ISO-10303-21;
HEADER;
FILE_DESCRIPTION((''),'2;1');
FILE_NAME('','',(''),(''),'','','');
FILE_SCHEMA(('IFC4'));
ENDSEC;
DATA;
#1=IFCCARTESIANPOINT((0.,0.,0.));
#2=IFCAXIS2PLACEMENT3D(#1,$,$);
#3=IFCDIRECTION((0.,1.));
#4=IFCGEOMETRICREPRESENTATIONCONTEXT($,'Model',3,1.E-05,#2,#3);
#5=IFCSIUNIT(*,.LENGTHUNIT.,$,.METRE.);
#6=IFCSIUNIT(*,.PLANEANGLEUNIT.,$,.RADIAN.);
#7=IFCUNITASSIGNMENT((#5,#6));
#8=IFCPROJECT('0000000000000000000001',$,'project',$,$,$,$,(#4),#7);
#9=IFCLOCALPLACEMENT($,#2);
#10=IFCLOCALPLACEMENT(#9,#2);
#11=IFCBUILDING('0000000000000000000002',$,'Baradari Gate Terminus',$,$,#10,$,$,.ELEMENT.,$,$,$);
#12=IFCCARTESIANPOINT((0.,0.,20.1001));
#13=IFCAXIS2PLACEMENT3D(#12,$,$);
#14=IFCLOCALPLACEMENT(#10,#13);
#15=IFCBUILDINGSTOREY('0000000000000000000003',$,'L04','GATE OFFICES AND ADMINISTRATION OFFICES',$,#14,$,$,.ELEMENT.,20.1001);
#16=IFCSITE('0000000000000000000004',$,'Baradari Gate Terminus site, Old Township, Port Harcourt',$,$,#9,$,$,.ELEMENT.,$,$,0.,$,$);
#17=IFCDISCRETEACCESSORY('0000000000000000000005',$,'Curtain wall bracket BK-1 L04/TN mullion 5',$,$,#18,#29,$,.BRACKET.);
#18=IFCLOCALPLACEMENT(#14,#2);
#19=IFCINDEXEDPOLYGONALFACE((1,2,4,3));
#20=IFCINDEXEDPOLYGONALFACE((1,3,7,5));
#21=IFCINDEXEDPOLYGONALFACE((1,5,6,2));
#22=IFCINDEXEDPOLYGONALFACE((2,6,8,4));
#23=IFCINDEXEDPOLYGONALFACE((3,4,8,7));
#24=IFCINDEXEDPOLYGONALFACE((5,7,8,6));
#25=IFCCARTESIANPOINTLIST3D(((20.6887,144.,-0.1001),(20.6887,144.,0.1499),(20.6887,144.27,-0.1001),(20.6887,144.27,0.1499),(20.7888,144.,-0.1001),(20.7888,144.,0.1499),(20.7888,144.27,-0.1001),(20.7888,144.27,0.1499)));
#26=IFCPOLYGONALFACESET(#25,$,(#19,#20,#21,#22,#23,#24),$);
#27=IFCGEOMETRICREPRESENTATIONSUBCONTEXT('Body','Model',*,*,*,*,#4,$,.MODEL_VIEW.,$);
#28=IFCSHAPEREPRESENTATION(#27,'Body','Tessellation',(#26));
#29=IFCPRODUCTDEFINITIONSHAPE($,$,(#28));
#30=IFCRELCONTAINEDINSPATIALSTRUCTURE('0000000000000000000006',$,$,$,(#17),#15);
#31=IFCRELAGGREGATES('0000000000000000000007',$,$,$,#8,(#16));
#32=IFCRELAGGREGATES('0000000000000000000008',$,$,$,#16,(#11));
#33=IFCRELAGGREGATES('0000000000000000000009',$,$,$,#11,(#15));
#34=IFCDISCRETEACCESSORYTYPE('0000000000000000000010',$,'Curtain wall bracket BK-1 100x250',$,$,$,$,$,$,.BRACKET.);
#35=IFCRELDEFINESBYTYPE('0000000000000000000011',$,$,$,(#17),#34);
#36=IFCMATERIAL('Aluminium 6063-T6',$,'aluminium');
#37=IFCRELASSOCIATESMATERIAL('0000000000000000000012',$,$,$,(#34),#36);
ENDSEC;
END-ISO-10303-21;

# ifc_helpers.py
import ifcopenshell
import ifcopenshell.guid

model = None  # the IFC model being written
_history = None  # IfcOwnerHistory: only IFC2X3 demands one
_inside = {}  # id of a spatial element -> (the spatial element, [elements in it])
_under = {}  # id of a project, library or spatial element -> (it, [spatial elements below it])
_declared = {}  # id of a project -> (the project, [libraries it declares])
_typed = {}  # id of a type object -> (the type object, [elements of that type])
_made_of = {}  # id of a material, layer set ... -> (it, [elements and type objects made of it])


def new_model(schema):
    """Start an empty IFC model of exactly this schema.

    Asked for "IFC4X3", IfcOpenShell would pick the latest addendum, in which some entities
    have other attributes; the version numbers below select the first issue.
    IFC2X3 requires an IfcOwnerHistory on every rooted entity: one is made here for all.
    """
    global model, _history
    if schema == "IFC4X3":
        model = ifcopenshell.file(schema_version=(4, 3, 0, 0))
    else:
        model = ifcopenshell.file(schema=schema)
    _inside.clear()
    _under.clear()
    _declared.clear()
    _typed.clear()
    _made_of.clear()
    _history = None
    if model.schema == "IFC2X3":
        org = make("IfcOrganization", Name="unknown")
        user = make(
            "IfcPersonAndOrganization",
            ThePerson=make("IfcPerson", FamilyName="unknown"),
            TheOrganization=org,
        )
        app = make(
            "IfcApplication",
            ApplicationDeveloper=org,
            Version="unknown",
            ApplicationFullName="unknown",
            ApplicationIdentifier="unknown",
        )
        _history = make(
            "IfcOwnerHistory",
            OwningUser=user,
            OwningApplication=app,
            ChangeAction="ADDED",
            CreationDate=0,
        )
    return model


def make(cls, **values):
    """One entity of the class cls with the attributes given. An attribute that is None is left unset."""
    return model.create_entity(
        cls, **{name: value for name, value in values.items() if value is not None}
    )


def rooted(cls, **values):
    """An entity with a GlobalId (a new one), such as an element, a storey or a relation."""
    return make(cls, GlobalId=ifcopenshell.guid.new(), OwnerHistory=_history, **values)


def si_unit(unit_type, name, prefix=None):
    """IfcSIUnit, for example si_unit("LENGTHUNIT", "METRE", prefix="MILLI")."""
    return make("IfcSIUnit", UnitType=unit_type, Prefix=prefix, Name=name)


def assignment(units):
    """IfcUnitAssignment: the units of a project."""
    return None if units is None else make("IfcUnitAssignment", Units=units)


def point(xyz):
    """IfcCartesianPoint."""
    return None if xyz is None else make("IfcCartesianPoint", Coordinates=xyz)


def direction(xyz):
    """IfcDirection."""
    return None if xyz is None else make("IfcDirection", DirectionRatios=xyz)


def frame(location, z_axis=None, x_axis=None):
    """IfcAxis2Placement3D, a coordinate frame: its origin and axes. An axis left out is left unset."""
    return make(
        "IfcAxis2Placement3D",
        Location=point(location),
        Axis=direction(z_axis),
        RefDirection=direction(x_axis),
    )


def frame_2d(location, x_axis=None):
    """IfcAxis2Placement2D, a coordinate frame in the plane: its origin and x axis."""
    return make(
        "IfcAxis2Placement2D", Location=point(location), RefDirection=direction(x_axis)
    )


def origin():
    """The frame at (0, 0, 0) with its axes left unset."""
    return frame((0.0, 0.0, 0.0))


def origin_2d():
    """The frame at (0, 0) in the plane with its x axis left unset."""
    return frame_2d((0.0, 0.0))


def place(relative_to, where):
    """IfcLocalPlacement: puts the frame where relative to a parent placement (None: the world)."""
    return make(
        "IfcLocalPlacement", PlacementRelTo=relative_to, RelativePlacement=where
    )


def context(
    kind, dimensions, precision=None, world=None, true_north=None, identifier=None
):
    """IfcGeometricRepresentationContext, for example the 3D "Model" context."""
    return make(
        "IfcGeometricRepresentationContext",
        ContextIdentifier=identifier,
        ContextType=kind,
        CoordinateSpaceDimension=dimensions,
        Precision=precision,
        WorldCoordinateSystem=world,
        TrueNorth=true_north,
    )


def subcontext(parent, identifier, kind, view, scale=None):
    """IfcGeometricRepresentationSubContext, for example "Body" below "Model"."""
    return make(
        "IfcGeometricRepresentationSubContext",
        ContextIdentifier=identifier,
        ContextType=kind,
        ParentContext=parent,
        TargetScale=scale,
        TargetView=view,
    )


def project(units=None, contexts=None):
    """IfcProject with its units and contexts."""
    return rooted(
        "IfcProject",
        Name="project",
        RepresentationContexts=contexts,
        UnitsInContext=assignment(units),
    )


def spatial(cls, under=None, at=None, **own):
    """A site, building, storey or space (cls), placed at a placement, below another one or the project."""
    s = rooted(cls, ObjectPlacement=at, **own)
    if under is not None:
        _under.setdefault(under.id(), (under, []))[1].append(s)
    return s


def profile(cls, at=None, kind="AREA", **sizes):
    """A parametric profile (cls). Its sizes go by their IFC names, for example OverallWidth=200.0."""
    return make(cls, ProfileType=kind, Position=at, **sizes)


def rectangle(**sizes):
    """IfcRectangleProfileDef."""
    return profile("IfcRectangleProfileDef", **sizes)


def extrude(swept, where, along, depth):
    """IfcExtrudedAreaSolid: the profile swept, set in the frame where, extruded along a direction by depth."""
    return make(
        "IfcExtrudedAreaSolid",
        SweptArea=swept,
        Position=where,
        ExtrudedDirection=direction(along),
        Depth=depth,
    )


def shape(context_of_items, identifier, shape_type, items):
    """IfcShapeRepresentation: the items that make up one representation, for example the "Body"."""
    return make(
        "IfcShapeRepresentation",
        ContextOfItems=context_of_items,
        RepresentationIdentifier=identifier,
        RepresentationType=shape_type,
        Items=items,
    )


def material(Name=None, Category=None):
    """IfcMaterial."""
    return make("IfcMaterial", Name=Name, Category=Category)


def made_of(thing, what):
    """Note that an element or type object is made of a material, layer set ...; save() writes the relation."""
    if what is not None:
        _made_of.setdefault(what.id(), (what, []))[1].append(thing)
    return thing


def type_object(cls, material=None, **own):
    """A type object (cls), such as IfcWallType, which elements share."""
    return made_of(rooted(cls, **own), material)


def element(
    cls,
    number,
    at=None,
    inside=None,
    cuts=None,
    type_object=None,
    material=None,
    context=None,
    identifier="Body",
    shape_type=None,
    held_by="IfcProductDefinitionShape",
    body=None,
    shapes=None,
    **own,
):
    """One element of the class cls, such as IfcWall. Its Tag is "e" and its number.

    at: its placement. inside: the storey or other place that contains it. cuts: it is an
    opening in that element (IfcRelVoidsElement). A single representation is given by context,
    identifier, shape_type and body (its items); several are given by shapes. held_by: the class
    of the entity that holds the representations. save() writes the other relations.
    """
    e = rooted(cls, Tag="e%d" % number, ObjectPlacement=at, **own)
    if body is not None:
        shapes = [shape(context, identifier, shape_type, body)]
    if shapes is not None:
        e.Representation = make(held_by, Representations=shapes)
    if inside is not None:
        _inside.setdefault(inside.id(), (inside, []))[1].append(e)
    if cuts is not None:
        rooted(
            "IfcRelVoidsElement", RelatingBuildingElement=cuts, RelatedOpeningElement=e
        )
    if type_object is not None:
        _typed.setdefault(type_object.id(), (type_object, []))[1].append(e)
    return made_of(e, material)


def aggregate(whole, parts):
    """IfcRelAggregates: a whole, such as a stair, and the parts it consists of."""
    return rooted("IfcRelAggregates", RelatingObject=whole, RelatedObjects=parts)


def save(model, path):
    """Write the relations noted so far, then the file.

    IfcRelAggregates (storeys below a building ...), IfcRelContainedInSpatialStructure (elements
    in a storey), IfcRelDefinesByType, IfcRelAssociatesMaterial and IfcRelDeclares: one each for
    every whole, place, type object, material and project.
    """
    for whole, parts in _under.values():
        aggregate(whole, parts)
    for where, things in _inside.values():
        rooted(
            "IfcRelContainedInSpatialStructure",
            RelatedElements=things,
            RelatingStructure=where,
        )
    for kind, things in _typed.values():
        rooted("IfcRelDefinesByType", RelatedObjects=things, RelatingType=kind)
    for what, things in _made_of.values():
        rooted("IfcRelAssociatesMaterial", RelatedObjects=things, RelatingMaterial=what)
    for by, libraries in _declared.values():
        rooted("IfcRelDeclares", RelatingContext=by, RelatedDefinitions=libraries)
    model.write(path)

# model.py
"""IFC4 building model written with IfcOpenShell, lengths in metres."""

from ifc_helpers import new_model, si_unit, direction, frame, origin, origin_2d, place, context, subcontext, project, spatial, rectangle, extrude, material, type_object, element, save


model = new_model("IFC4")

# Units and contexts
model_context = context("Model", 3, precision=1e-05, world=origin(), true_north=direction((0.0, 1.0)))
body_context = subcontext(model_context, "Body", "Model", "MODEL_VIEW")
ifc_project = project(units=[si_unit("LENGTHUNIT", "METRE"), si_unit("PLANEANGLEUNIT", "RADIAN")], contexts=[model_context])

# Site, building, storey
site_placement = place(None, origin())
site = spatial("IfcSite", under=ifc_project, at=site_placement, Name="Baradari Gate Terminus site, Old Township, Port Harcourt", CompositionType="ELEMENT", RefElevation=0.0)
building_placement = place(site_placement, origin())
building = spatial("IfcBuilding", under=site, at=building_placement, Name="Baradari Gate Terminus", CompositionType="ELEMENT")
storey_placement = place(building_placement, frame((0.0, 0.0, 20.1001)))
storey = spatial("IfcBuildingStorey", under=building, at=storey_placement, Name="L04", Description="GATE OFFICES AND ADMINISTRATION OFFICES", CompositionType="ELEMENT", Elevation=20.1001)

# Discrete accessory
ifc_material_1 = material(Name="Aluminium 6063-T6", Category="aluminium")
discrete_accessory_type = type_object("IfcDiscreteAccessoryType", Name="Curtain wall bracket BK-1 100x250", PredefinedType="BRACKET", material=ifc_material_1)
for number, where, z_axis, x_axis, name in (
    (1, (20.7388, 144.135, -0.1001), (0.0, 0.0, 1.0), (0.0, 1.0, 0.0), "Curtain wall bracket BK-1 L04/TN mullion 5"),
):
    element("IfcDiscreteAccessory", number, at=place(storey_placement, frame(where, z_axis=z_axis, x_axis=x_axis)), inside=storey, type_object=discrete_accessory_type, Name=name, PredefinedType="BRACKET", context=body_context, shape_type="SweptSolid", body=[
        extrude(rectangle(XDim=0.27, YDim=0.1001, at=origin_2d()), origin(), (0.0, 0.0, 1.0), 0.25),
    ])

save(model, "model.ifc")
